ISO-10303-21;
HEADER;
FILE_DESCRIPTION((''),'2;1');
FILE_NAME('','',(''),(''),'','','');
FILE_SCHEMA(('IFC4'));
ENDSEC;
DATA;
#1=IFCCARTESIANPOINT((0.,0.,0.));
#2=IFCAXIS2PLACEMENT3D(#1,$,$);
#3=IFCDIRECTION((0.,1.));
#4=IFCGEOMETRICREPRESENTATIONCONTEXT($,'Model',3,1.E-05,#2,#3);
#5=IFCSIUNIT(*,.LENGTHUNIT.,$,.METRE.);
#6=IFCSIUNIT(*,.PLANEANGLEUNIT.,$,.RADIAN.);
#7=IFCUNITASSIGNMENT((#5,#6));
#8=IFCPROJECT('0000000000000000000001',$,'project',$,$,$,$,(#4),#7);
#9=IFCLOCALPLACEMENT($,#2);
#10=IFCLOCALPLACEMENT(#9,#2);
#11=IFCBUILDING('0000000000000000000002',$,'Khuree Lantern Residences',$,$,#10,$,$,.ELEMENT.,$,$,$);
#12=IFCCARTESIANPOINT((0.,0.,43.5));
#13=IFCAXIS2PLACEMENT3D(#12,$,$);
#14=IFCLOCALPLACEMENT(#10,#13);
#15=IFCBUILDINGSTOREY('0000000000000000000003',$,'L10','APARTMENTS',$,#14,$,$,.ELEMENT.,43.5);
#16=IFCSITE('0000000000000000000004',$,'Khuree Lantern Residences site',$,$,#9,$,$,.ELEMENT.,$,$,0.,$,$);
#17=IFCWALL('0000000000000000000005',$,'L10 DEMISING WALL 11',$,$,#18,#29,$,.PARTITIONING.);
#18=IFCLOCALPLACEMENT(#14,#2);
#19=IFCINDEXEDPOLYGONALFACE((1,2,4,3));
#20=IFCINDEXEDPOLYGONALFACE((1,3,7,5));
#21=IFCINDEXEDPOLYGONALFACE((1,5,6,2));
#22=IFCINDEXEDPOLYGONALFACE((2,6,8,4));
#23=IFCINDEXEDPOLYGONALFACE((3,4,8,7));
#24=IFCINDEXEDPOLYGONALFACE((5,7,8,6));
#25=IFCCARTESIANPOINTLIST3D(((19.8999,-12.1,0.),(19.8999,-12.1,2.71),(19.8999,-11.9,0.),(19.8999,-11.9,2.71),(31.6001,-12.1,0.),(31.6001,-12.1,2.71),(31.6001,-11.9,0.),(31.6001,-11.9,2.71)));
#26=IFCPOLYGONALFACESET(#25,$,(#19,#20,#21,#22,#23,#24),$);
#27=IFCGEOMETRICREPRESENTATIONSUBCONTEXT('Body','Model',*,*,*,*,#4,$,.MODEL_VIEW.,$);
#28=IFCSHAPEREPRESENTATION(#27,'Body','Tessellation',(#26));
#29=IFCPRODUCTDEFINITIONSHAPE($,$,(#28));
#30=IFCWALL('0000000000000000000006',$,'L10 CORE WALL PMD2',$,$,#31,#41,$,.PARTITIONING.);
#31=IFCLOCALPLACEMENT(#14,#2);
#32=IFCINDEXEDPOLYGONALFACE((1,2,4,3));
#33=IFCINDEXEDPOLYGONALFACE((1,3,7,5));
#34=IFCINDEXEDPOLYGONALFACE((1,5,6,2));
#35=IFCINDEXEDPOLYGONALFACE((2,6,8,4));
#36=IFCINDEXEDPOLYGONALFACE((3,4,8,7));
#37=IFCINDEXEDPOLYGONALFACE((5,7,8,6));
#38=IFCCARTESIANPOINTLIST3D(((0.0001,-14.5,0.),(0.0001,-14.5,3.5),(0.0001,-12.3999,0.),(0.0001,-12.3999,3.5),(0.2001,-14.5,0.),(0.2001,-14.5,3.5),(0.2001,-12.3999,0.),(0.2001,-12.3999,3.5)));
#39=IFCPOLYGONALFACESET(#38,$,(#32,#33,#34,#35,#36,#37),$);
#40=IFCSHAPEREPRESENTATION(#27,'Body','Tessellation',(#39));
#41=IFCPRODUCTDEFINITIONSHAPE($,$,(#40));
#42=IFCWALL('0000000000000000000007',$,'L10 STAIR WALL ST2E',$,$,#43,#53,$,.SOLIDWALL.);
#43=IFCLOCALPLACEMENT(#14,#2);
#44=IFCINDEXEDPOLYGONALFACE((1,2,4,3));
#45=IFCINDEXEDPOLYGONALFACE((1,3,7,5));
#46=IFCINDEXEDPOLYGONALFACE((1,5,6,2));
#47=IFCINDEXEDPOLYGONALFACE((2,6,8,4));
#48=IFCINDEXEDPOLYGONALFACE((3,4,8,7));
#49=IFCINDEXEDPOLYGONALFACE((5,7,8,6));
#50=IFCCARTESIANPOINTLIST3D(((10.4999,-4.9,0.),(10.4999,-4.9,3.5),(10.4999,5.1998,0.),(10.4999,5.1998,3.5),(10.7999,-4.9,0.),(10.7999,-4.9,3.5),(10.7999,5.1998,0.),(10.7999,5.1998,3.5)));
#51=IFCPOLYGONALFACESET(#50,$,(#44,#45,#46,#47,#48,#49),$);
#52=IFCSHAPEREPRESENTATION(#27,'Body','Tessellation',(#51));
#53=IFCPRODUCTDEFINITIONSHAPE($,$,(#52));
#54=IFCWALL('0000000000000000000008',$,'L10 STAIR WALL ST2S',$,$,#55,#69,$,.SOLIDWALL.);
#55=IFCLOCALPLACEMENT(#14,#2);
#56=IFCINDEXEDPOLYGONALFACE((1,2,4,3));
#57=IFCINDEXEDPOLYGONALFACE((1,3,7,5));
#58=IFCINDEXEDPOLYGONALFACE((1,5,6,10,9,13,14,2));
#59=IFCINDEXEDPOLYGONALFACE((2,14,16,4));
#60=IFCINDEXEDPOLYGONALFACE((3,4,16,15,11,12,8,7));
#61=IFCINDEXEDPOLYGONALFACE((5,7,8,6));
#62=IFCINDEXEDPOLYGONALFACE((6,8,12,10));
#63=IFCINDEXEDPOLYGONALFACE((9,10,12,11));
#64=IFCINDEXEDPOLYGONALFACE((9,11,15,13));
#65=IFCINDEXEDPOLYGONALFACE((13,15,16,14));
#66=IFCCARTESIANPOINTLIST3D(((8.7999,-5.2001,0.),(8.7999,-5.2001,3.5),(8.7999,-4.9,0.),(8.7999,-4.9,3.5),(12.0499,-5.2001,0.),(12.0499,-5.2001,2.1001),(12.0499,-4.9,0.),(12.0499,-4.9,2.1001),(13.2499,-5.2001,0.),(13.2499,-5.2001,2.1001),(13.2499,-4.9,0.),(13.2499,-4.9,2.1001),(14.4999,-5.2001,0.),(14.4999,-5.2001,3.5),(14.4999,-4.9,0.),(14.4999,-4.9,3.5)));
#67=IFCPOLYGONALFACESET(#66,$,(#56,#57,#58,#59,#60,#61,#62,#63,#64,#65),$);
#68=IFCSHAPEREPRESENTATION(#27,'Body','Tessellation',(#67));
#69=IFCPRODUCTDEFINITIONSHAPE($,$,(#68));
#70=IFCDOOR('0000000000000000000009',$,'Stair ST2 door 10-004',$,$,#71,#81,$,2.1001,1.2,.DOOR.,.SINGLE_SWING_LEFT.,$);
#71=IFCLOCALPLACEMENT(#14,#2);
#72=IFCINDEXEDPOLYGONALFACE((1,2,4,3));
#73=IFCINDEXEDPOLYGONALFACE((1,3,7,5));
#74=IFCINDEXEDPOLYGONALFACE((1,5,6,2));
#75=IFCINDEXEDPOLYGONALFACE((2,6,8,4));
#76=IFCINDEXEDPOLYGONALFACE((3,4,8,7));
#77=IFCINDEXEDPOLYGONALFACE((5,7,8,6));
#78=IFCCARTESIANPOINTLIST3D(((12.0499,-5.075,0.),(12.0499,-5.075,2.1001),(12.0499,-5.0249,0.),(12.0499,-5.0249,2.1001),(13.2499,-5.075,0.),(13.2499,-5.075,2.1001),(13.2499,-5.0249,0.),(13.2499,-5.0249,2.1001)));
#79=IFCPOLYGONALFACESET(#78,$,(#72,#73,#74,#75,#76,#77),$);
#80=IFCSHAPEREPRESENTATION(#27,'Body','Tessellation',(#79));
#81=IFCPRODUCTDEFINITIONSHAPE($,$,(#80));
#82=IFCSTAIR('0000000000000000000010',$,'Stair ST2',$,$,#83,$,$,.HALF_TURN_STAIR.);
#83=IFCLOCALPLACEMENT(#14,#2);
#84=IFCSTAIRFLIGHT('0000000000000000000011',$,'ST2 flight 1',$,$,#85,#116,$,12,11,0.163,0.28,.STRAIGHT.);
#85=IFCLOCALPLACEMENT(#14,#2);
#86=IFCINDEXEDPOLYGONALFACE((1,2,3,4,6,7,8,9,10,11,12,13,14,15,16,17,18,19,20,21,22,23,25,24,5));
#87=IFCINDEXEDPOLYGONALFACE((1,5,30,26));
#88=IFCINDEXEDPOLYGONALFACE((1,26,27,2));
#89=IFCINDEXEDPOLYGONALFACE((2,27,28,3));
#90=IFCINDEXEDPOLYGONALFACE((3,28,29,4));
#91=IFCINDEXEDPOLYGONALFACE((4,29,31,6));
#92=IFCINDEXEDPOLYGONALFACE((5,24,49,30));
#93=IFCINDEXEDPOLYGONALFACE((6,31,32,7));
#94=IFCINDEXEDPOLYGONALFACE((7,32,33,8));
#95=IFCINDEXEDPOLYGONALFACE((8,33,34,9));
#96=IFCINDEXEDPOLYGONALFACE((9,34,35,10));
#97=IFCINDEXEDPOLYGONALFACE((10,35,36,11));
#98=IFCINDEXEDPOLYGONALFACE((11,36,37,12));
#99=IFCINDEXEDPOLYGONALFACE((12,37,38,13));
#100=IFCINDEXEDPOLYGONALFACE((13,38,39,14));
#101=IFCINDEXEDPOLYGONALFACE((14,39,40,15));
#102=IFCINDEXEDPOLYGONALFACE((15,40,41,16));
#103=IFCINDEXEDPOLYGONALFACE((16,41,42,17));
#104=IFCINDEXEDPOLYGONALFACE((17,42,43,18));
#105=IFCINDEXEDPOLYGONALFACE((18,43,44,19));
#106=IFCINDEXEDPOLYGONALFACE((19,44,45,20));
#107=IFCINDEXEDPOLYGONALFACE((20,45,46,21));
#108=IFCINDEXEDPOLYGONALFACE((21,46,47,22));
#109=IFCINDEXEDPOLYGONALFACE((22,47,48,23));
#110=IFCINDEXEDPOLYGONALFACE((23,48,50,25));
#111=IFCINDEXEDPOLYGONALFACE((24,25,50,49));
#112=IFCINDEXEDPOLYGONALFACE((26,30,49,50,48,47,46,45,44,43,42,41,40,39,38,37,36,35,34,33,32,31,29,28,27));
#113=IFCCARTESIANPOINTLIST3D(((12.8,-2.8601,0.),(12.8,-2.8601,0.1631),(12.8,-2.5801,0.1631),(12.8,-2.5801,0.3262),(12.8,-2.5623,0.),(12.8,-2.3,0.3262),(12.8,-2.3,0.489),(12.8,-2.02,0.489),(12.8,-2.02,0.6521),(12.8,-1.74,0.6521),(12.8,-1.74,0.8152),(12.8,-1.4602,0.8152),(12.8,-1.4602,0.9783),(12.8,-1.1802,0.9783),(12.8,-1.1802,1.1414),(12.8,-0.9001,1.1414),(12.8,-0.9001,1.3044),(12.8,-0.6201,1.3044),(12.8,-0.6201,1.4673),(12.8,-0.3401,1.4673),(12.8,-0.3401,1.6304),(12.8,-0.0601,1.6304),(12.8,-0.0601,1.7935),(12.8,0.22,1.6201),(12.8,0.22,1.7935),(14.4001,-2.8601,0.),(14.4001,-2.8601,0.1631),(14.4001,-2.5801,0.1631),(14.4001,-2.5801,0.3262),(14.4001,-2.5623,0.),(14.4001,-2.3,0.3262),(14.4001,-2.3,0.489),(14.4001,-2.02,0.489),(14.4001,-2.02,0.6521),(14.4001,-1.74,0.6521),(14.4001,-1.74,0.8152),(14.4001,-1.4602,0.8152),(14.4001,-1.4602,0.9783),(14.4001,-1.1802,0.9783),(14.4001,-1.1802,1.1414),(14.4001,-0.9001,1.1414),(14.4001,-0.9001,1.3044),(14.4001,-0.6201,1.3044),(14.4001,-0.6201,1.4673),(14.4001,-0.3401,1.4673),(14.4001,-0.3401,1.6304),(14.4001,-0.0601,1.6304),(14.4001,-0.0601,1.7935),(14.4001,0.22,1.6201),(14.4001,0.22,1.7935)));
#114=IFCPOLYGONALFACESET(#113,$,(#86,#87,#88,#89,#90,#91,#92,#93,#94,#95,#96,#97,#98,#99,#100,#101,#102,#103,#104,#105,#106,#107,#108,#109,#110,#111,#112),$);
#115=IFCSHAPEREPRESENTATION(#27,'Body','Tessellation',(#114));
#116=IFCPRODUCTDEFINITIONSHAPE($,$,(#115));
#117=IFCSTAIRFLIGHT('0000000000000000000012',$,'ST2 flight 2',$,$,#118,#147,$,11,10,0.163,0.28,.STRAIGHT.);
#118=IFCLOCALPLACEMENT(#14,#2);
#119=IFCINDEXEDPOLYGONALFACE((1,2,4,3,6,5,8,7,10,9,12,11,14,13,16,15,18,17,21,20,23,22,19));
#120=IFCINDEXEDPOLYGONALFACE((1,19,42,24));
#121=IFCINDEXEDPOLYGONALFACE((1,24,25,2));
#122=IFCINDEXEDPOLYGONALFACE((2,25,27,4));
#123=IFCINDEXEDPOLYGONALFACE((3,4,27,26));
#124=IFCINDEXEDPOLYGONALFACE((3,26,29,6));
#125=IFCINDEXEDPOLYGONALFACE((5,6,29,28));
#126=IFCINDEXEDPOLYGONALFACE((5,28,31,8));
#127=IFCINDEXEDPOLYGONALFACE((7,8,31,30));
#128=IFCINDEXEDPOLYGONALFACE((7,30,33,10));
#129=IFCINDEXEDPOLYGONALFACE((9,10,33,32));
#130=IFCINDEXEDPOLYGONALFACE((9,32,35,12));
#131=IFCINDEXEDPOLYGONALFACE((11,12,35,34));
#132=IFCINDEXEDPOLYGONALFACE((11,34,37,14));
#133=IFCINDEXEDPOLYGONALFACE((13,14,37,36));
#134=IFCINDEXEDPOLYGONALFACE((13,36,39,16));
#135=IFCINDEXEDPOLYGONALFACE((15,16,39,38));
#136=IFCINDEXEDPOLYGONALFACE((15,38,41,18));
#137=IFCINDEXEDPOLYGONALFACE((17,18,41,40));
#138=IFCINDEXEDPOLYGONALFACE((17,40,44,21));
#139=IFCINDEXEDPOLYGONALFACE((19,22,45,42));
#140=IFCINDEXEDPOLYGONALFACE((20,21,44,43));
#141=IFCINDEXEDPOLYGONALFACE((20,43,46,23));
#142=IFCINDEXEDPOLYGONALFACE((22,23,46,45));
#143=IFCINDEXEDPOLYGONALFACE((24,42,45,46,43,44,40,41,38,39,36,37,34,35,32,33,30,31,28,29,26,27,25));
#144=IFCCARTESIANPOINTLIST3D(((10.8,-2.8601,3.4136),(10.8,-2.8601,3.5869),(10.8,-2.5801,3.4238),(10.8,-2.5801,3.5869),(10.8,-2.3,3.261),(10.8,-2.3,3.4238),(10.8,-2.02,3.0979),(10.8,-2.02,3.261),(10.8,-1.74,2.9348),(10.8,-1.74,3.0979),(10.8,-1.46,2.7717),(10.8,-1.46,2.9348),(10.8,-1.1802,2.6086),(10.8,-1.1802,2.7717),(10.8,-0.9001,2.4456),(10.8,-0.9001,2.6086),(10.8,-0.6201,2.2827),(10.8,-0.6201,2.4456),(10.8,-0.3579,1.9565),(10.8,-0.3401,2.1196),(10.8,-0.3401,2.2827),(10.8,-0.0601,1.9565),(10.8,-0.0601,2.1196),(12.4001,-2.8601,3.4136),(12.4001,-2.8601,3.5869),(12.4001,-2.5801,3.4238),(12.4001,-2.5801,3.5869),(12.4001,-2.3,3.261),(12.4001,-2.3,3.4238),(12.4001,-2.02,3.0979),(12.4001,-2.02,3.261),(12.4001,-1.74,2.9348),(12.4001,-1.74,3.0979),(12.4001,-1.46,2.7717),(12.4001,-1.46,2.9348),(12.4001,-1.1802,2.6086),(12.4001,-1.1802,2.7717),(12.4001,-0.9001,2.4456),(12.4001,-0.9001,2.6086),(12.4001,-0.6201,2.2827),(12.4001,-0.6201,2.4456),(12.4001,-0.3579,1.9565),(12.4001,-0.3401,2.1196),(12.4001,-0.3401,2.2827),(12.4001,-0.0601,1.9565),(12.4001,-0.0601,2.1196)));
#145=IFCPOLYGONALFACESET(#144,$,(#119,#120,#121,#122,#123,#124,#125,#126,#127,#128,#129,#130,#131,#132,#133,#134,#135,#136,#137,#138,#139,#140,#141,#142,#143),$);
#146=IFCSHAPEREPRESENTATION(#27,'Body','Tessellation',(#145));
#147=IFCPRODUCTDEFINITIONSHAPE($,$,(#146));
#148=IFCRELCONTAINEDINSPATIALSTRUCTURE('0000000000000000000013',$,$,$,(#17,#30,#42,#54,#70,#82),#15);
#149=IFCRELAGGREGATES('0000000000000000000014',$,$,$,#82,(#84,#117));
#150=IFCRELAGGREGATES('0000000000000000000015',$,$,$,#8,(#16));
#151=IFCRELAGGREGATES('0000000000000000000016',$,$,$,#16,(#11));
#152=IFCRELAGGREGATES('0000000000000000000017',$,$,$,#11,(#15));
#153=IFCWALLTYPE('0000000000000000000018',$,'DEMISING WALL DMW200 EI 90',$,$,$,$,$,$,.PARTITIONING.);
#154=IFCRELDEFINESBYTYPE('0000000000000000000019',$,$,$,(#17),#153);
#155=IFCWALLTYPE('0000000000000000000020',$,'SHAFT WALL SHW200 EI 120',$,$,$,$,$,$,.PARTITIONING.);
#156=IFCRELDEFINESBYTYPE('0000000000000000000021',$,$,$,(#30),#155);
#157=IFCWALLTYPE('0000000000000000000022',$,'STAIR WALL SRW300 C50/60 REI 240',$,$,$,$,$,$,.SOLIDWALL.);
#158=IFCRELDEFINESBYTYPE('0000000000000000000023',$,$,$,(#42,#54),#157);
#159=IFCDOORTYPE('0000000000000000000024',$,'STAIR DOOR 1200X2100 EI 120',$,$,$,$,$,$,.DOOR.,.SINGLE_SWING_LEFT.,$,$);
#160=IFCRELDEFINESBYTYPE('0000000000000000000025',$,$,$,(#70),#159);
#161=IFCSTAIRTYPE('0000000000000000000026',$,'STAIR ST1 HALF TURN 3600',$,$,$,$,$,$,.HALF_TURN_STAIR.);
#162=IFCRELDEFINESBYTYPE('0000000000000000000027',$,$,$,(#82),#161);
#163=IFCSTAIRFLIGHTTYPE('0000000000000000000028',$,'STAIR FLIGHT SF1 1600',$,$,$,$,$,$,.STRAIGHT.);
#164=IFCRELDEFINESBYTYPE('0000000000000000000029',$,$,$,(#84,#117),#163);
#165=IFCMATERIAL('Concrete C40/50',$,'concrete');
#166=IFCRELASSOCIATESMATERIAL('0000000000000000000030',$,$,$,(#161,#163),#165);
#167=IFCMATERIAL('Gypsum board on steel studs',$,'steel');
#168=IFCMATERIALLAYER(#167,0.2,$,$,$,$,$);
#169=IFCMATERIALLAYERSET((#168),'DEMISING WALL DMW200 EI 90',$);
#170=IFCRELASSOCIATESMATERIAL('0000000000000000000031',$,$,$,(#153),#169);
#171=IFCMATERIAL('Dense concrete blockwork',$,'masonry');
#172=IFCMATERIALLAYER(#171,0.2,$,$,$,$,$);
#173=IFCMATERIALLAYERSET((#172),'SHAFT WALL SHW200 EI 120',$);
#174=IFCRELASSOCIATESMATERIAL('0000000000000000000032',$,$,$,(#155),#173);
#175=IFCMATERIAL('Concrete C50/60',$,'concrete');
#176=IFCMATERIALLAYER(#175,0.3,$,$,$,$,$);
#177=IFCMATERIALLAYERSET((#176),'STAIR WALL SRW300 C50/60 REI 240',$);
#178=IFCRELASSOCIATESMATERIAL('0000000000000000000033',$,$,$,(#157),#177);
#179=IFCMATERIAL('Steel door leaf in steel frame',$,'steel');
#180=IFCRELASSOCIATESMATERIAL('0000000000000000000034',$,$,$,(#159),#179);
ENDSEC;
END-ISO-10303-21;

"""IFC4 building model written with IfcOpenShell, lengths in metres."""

from ifc_helpers import new_model, si_unit, direction, frame, frame_2d, origin, place, context, subcontext, project, spatial, polyline, rectangle, outline, extrude, material, layer, layer_set, type_object, element, fill, aggregate, save


model = new_model("IFC4")

# Units and contexts
model_context = context("Model", 3, precision=1e-05, world=origin(), true_north=direction((0.0, 1.0)))
body_context = subcontext(model_context, "Body", "Model", "MODEL_VIEW")
ifc_project = project(units=[si_unit("LENGTHUNIT", "METRE"), si_unit("PLANEANGLEUNIT", "RADIAN")], contexts=[model_context])

# Site, building, storey
site_placement = place(None, origin())
site = spatial("IfcSite", under=ifc_project, at=site_placement, Name="Khuree Lantern Residences site", CompositionType="ELEMENT", RefElevation=0.0)
building_placement = place(site_placement, origin())
building = spatial("IfcBuilding", under=site, at=building_placement, Name="Khuree Lantern Residences", CompositionType="ELEMENT")
storey_placement = place(building_placement, frame((0.0, 0.0, 43.5)))
storey = spatial("IfcBuildingStorey", under=building, at=storey_placement, Name="L10", Description="APARTMENTS", CompositionType="ELEMENT", Elevation=43.5)

# Shared definitions
ifc_material_1 = material(Name="Concrete C40/50", Category="concrete")
stair_type = type_object("IfcStairType", Name="STAIR ST1 HALF TURN 3600", PredefinedType="HALF_TURN_STAIR", material=ifc_material_1)

# Shared definitions
ifc_material_2 = material(Name="Dense concrete blockwork", Category="masonry")

# Shared definitions
ifc_material_3 = material(Name="Gypsum board on steel studs", Category="steel")

# Walls
ifc_layer_1 = layer(ifc_material_3, 0.2)
ifc_layer_set_1 = layer_set([ifc_layer_1], Name="DEMISING WALL DMW200 EI 90")
wall_type_1 = type_object("IfcWallType", Name="DEMISING WALL DMW200 EI 90", PredefinedType="PARTITIONING", material=ifc_layer_set_1)
wall_1_placement = place(storey_placement, frame((19.8999, -12.0, 0.0), z_axis=(0.0, 0.0, 1.0), x_axis=(1.0, 0.0, 0.0)))
element("IfcWall", 1, at=wall_1_placement, inside=storey, type_object=wall_type_1, Name="L10 DEMISING WALL 11", PredefinedType="PARTITIONING", context=body_context, shape_type="SweptSolid", body=[
    extrude(rectangle(XDim=11.7002, YDim=0.2, at=frame_2d((5.8501, 0.0))), origin(), (0.0, 0.0, 1.0), 2.71),
])
ifc_layer_2 = layer(ifc_material_2, 0.2)
ifc_layer_set_2 = layer_set([ifc_layer_2], Name="SHAFT WALL SHW200 EI 120")
wall_type_2 = type_object("IfcWallType", Name="SHAFT WALL SHW200 EI 120", PredefinedType="PARTITIONING", material=ifc_layer_set_2)
wall_2_placement = place(storey_placement, frame((0.1001, -14.5, 0.0), z_axis=(0.0, 0.0, 1.0), x_axis=(0.0, 1.0, 0.0)))
element("IfcWall", 2, at=wall_2_placement, inside=storey, type_object=wall_type_2, Name="L10 CORE WALL PMD2", PredefinedType="PARTITIONING", context=body_context, shape_type="SweptSolid", body=[
    extrude(rectangle(XDim=2.1001, YDim=0.2, at=frame_2d((1.05, 0.0))), origin(), (0.0, 0.0, 1.0), 3.5),
])
ifc_material_4 = material(Name="Concrete C50/60", Category="concrete")
ifc_layer_3 = layer(ifc_material_4, 0.3)
ifc_layer_set_3 = layer_set([ifc_layer_3], Name="STAIR WALL SRW300 C50/60 REI 240")
wall_type_3 = type_object("IfcWallType", Name="STAIR WALL SRW300 C50/60 REI 240", PredefinedType="SOLIDWALL", material=ifc_layer_set_3)
wall_3_placement = place(storey_placement, frame((10.6499, -4.8999, 0.0), z_axis=(0.0, 0.0, 1.0), x_axis=(0.0, 1.0, 0.0)))
element("IfcWall", 3, at=wall_3_placement, inside=storey, type_object=wall_type_3, Name="L10 STAIR WALL ST2E", PredefinedType="SOLIDWALL", context=body_context, shape_type="SweptSolid", body=[
    extrude(rectangle(XDim=10.0999, YDim=0.3, at=frame_2d((5.0498, 0.0))), origin(), (0.0, 0.0, 1.0), 3.5),
])

# Wall, opening, door
wall_4_placement = place(storey_placement, frame((14.5, -5.05, 0.0), z_axis=(0.0, 0.0, 1.0), x_axis=(-1.0, 0.0, 0.0)))
wall_4 = element("IfcWall", 4, at=wall_4_placement, inside=storey, type_object=wall_type_3, Name="L10 STAIR WALL ST2S", PredefinedType="SOLIDWALL", context=body_context, shape_type="SweptSolid", body=[
    extrude(rectangle(XDim=5.7, YDim=0.3, at=frame_2d((2.8501, 0.0))), origin(), (0.0, 0.0, 1.0), 3.5),
])
opening_1_placement = place(wall_4_placement, frame((1.25, 0.0, 0.0)))
opening_1 = element("IfcOpeningElement", 5, at=opening_1_placement, cuts=wall_4, PredefinedType="OPENING", context=body_context, shape_type="SweptSolid", body=[
    extrude(rectangle(XDim=1.2, YDim=2.1001, at=frame_2d((0.6001, 1.05))), frame((0.0, 0.1602, 0.0), z_axis=(0.0, -1.0, 0.0), x_axis=(1.0, 0.0, 0.0)), (0.0, 0.0, 1.0), 0.3201),
])
ifc_material_5 = material(Name="Steel door leaf in steel frame", Category="steel")
door_type_1 = type_object("IfcDoorType", Name="STAIR DOOR 1200X2100 EI 120", OperationType="SINGLE_SWING_LEFT", PredefinedType="DOOR", material=ifc_material_5)
door_1_placement = place(opening_1_placement, origin())
door_1 = element("IfcDoor", 6, at=door_1_placement, inside=storey, type_object=door_type_1, Name="Stair ST2 door 10-004", OperationType="SINGLE_SWING_LEFT", OverallHeight=2.1001, OverallWidth=1.2, PredefinedType="DOOR", context=body_context, shape_type="SweptSolid", body=[
    extrude(rectangle(XDim=1.2, YDim=2.1001, at=frame_2d((0.6001, 1.05))), frame((0.0, 0.0249, 0.0), z_axis=(0.0, -1.0, 0.0), x_axis=(1.0, 0.0, 0.0)), (0.0, 0.0, 1.0), 0.05),
])
fill(opening_1, door_1)

# Stair, stair flights
stair_1_placement = place(storey_placement, origin())
stair_1 = element("IfcStair", 7, at=stair_1_placement, inside=storey, type_object=stair_type, Name="Stair ST2", PredefinedType="HALF_TURN_STAIR")
stair_flight_type = type_object("IfcStairFlightType", Name="STAIR FLIGHT SF1 1600", PredefinedType="STRAIGHT", material=ifc_material_1)
stair_flight_1_placement = place(storey_placement, frame((13.6001, -2.8601, 0.0), z_axis=(0.0, 0.0, 1.0), x_axis=(0.0, 1.0, 0.0)))
stair_flight_1 = element("IfcStairFlight", 8, at=stair_flight_1_placement, type_object=stair_flight_type, Name="ST2 flight 1", NumberOfRisers=12, NumberOfTreads=11, PredefinedType="STRAIGHT", RiserHeight=0.163, TreadLength=0.28, context=body_context, shape_type="SweptSolid", body=[
    extrude(outline(polyline([(0.0, 0.0), (0.0, 0.1631), (0.28, 0.1631), (0.28, 0.3262), (0.5601, 0.3262), (0.5601, 0.489), (0.8401, 0.489), (0.8401, 0.6521), (1.1201, 0.6521), (1.1201, 0.8152), (1.3999, 0.8152), (1.3999, 0.9783), (1.6799, 0.9783), (1.6799, 1.1414), (1.96, 1.1414), (1.96, 1.3044), (2.24, 1.3044), (2.24, 1.4673), (2.52, 1.4673), (2.52, 1.6304), (2.8, 1.6304), (2.8, 1.7935), (3.0801, 1.7935), (3.0801, 1.9565), (3.0801, 1.6201), (0.2979, 0.0), (0.0, 0.0)])), frame((0.0, 0.8, 0.0), z_axis=(0.0, -1.0, 0.0), x_axis=(1.0, 0.0, 0.0)), (0.0, 0.0, 1.0), 1.6001),
])
stair_flight_2_placement = place(storey_placement, frame((11.6001, -0.0601, 1.9565), z_axis=(0.0, 0.0, 1.0), x_axis=(0.0, -1.0, 0.0)))
stair_flight_2 = element("IfcStairFlight", 9, at=stair_flight_2_placement, type_object=stair_flight_type, Name="ST2 flight 2", NumberOfRisers=11, NumberOfTreads=10, PredefinedType="STRAIGHT", RiserHeight=0.163, TreadLength=0.28, context=body_context, shape_type="SweptSolid", body=[
    extrude(outline(polyline([(0.0, 0.0), (0.0, 0.1631), (0.28, 0.1631), (0.28, 0.3262), (0.5601, 0.3262), (0.5601, 0.489), (0.8401, 0.489), (0.8401, 0.6521), (1.1201, 0.6521), (1.1201, 0.8152), (1.3999, 0.8152), (1.3999, 0.9783), (1.6799, 0.9783), (1.6799, 1.1414), (1.96, 1.1414), (1.96, 1.3044), (2.24, 1.3044), (2.24, 1.4673), (2.52, 1.4673), (2.52, 1.6304), (2.8, 1.6304), (2.8, 1.7935), (2.8, 1.457), (0.2979, 0.0), (0.0, 0.0)])), frame((0.0, 0.8, 0.0), z_axis=(0.0, -1.0, 0.0), x_axis=(1.0, 0.0, 0.0)), (0.0, 0.0, 1.0), 1.6001),
])
aggregate(stair_1, [stair_flight_1, stair_flight_2])

save(model, "model.ifc")
